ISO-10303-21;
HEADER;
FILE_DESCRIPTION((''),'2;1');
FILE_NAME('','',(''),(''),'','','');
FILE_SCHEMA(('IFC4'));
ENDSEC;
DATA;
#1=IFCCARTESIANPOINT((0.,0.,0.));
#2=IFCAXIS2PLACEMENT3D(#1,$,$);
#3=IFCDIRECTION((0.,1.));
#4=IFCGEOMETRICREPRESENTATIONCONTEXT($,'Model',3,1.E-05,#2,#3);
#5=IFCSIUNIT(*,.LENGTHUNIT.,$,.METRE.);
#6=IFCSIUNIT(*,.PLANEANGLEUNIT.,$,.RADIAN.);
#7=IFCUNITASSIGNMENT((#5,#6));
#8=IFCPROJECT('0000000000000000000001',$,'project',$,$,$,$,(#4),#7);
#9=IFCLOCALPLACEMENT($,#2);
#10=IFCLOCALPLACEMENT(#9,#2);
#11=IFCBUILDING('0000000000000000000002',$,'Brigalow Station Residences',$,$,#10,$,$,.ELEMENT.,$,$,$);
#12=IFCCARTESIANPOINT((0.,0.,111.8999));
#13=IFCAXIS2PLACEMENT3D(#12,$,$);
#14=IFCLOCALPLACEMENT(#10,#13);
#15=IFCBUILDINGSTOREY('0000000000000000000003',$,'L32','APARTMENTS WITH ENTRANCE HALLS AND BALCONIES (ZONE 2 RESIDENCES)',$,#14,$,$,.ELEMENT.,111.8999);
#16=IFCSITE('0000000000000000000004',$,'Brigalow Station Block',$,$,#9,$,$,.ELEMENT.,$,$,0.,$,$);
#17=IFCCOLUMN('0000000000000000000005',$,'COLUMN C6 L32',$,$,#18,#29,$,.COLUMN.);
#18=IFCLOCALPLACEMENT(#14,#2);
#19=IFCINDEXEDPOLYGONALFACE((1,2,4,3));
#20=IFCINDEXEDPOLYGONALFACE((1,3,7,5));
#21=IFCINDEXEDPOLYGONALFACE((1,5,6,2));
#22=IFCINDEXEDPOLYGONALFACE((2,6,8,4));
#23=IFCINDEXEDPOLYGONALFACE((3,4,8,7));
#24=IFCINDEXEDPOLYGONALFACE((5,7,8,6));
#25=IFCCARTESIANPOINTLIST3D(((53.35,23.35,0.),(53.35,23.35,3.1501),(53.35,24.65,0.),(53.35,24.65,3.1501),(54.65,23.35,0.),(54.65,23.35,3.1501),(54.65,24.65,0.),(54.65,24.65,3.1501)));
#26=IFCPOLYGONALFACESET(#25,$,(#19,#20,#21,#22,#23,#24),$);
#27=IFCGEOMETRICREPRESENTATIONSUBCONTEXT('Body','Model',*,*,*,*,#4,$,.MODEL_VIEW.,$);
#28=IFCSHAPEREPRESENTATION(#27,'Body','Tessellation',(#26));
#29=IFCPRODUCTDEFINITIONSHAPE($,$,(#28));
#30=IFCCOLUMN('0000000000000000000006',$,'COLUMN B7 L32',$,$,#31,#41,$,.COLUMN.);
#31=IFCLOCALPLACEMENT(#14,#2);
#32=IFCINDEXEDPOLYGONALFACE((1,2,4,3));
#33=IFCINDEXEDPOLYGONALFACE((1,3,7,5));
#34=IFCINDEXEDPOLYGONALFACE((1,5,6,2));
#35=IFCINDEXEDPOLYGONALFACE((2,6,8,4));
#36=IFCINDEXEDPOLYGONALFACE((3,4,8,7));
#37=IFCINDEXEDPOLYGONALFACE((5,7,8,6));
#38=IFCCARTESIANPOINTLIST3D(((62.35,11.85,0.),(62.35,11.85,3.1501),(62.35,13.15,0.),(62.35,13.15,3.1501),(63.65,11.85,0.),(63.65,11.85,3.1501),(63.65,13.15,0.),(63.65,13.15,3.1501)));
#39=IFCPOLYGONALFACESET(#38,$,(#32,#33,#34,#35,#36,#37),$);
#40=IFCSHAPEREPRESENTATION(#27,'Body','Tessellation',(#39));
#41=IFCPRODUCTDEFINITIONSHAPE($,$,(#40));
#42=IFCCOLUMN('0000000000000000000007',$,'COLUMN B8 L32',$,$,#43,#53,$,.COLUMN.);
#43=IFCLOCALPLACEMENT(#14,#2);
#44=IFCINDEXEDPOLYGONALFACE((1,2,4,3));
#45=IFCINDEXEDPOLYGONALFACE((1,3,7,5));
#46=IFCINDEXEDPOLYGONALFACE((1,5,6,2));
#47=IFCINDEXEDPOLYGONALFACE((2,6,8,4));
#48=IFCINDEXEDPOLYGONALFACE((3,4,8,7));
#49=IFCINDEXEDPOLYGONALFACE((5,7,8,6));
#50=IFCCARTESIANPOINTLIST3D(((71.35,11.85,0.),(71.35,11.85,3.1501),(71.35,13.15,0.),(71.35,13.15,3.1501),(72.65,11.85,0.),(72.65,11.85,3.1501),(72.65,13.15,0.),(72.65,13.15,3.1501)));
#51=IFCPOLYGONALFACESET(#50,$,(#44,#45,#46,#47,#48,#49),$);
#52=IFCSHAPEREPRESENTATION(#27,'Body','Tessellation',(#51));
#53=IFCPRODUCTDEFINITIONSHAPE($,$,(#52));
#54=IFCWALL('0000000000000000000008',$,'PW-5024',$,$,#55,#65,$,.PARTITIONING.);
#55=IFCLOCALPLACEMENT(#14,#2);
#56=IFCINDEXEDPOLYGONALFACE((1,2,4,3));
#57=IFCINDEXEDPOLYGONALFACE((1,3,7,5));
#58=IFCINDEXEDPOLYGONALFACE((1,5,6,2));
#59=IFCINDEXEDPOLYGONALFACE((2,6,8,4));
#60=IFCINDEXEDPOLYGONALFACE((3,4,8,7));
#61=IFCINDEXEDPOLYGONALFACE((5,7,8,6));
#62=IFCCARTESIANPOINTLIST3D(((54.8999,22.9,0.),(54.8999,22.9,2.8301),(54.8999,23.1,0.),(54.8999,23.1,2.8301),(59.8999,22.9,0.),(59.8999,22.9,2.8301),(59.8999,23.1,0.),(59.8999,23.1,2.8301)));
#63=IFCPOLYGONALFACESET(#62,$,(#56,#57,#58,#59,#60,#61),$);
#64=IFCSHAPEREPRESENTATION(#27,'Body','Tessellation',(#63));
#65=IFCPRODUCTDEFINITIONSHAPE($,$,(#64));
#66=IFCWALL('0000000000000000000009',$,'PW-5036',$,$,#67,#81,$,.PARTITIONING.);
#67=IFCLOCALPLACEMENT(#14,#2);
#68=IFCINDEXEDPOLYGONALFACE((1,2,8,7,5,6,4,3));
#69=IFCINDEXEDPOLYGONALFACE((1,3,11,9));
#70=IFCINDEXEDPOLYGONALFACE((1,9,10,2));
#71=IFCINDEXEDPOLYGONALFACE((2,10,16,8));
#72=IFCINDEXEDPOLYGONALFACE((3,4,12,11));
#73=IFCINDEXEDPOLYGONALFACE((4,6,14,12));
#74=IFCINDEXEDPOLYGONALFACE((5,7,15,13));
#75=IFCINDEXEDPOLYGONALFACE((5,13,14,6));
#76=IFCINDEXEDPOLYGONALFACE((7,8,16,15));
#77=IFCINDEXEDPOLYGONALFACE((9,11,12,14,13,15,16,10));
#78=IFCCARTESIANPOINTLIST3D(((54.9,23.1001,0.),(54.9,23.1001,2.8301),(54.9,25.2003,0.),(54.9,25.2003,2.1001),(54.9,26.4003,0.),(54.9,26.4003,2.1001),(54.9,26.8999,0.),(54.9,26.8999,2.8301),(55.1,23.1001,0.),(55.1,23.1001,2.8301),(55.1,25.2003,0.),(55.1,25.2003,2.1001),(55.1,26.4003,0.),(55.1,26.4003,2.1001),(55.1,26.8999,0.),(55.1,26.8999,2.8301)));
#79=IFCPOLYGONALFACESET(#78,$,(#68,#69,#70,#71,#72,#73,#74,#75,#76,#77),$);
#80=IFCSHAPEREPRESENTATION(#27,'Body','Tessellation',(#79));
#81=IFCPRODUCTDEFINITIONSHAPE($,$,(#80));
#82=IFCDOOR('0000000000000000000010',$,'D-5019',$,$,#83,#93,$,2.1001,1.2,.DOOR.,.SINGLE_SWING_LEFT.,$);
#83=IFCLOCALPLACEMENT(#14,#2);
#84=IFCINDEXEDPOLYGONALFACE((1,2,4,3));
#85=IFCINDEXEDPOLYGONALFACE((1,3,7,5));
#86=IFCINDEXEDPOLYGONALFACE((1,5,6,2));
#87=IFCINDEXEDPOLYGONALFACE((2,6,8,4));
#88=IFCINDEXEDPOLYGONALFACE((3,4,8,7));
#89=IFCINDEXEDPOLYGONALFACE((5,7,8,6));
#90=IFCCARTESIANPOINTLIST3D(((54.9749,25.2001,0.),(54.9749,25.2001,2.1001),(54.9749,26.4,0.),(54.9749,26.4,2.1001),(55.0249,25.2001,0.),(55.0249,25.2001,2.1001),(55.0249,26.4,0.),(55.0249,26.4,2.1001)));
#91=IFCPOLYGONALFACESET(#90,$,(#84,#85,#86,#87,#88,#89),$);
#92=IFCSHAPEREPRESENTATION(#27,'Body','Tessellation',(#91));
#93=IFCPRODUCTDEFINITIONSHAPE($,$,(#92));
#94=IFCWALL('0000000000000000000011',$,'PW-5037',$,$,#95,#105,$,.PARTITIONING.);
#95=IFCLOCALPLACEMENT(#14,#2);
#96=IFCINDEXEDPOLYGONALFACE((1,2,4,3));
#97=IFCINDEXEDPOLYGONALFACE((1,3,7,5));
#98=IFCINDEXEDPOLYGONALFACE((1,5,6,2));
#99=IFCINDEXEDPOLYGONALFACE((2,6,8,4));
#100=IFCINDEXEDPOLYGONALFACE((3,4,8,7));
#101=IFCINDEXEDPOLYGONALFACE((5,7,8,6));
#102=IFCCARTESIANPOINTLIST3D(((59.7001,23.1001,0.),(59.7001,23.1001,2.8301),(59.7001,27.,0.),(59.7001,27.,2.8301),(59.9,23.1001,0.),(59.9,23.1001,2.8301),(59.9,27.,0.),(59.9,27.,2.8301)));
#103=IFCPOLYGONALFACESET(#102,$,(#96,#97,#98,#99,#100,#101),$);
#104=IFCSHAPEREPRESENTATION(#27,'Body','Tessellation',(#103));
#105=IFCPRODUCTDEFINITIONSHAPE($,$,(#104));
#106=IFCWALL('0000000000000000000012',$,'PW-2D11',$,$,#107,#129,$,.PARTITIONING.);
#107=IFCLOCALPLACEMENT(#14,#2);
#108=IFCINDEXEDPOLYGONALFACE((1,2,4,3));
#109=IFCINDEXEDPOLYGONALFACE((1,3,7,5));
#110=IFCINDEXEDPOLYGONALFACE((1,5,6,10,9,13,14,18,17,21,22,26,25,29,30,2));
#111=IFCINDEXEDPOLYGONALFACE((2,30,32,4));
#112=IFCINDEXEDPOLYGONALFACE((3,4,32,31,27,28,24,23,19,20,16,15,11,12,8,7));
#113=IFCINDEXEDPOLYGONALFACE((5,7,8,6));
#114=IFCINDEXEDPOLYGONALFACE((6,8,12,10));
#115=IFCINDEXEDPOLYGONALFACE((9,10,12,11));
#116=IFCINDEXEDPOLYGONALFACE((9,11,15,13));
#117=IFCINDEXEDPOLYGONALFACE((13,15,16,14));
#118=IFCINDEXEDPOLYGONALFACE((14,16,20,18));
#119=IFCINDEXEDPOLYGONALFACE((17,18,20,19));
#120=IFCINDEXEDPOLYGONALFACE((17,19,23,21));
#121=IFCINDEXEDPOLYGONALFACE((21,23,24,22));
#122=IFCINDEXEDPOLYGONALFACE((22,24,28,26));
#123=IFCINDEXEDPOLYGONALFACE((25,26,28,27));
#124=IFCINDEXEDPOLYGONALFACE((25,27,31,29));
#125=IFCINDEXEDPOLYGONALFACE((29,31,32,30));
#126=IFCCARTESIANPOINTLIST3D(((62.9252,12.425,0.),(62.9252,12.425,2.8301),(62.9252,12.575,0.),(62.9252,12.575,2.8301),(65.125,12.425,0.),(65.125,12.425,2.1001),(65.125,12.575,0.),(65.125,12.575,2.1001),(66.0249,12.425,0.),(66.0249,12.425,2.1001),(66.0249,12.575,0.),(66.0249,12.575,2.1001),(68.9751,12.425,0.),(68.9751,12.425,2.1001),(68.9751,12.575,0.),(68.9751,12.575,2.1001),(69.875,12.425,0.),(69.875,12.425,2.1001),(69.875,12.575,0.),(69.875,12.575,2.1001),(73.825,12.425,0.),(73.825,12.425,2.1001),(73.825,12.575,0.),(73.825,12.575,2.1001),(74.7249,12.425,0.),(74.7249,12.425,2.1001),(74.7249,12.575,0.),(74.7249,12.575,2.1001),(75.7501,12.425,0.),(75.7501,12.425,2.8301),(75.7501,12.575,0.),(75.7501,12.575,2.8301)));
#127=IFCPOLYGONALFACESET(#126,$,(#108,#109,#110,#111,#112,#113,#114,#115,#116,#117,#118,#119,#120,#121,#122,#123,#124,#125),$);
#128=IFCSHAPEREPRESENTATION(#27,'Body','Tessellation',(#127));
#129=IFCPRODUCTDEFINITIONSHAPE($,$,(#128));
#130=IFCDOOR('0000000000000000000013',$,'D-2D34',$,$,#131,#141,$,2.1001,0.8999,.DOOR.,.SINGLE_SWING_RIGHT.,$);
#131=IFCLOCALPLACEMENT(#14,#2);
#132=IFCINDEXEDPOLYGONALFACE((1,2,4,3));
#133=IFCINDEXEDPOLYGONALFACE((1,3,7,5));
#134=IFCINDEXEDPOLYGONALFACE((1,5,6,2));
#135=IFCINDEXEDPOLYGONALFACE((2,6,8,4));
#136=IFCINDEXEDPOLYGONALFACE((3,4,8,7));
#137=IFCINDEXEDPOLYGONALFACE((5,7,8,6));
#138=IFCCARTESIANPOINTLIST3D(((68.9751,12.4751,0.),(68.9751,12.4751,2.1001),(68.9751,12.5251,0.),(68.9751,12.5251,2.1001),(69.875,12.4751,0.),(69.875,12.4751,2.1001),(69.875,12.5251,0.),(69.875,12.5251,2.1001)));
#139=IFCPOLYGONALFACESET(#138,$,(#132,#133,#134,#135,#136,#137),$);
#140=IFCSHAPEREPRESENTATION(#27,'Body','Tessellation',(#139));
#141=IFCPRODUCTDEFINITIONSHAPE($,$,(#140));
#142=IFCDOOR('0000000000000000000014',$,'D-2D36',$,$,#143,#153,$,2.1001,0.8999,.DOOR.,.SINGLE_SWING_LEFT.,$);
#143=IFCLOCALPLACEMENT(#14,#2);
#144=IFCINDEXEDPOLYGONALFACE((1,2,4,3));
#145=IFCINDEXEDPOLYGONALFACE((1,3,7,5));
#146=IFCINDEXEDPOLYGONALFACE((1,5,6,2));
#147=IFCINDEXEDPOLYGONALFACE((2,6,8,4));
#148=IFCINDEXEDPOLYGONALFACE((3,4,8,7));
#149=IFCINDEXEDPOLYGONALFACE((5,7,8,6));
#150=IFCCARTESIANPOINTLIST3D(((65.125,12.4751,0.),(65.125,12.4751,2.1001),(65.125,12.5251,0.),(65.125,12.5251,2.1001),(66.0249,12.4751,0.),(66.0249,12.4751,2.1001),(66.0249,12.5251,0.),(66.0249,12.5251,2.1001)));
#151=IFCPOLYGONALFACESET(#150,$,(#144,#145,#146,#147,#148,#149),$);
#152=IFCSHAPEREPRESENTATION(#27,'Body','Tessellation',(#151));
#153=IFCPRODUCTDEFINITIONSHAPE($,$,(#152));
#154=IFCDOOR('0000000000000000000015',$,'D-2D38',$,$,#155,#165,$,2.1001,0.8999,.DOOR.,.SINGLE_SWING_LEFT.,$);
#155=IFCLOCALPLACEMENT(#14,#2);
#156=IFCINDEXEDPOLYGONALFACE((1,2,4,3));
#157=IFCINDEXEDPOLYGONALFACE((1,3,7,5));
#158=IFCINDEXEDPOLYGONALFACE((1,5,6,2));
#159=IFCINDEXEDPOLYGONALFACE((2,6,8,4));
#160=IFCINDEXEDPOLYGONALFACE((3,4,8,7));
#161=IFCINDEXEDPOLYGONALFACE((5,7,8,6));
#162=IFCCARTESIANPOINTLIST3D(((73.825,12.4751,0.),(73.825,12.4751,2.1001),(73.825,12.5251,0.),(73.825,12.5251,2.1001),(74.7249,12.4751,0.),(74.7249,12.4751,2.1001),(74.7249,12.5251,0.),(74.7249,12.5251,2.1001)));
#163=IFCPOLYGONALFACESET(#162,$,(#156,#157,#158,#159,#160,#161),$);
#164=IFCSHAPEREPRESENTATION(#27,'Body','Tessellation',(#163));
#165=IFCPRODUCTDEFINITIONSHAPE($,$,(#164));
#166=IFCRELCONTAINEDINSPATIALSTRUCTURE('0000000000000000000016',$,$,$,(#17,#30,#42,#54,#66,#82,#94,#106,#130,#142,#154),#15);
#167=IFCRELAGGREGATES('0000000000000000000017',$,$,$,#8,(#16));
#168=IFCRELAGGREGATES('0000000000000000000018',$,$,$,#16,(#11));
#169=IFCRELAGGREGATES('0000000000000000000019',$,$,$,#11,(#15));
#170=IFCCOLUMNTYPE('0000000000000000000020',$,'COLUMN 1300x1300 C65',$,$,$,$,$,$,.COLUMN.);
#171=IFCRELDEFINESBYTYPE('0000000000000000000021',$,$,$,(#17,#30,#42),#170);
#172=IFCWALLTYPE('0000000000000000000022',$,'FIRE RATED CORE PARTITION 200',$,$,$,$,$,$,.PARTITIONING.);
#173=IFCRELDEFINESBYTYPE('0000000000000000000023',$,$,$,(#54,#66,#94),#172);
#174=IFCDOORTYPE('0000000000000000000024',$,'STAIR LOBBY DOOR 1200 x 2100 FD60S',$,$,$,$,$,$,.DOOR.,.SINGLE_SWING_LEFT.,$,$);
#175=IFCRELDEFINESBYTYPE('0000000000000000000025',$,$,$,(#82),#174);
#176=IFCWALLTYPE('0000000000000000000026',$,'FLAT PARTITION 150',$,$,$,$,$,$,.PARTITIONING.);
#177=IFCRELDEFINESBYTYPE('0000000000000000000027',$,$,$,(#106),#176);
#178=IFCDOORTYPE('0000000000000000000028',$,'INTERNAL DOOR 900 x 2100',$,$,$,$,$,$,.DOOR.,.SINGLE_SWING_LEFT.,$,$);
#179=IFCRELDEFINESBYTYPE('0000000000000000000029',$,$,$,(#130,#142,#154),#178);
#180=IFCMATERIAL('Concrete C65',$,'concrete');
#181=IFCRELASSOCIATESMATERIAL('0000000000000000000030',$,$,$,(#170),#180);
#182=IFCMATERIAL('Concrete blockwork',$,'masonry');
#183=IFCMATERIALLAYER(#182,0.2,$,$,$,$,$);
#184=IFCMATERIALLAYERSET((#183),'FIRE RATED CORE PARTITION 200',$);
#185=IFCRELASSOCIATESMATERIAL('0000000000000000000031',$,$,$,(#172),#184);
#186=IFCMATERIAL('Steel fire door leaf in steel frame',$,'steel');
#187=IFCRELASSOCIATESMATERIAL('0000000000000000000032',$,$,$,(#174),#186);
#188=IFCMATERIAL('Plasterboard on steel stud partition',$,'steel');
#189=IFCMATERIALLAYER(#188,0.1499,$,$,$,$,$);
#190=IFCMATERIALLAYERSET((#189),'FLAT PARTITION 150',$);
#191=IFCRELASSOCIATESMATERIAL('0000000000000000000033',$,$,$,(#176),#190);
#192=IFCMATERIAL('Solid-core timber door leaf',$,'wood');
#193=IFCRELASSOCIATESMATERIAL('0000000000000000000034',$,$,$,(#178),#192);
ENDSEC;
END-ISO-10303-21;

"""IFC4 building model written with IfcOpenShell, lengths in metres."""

from ifc_helpers import new_model, si_unit, direction, frame, frame_2d, origin, origin_2d, place, context, subcontext, project, spatial, rectangle, extrude, material, layer, layer_set, material_profile, profile_set, type_object, element, fill, save


model = new_model("IFC4")

# Units and contexts
model_context = context("Model", 3, precision=1e-05, world=origin(), true_north=direction((0.0, 1.0)))
body_context = subcontext(model_context, "Body", "Model", "MODEL_VIEW")
ifc_project = project(units=[si_unit("LENGTHUNIT", "METRE"), si_unit("PLANEANGLEUNIT", "RADIAN")], contexts=[model_context])

# Site, building, storey
site_placement = place(None, origin())
site = spatial("IfcSite", under=ifc_project, at=site_placement, Name="Brigalow Station Block", CompositionType="ELEMENT", RefElevation=0.0)
building_placement = place(site_placement, origin())
building = spatial("IfcBuilding", under=site, at=building_placement, Name="Brigalow Station Residences", CompositionType="ELEMENT")
storey_placement = place(building_placement, frame((0.0, 0.0, 111.8999)))
storey = spatial("IfcBuildingStorey", under=building, at=storey_placement, Name="L32", Description="APARTMENTS WITH ENTRANCE HALLS AND BALCONIES (ZONE 2 RESIDENCES)", CompositionType="ELEMENT", Elevation=111.8999)

# Columns
ifc_material_1 = material(Name="Concrete C65", Category="concrete")
ifc_material_profile = material_profile(ifc_material_1, rectangle(XDim=1.3, YDim=1.3, at=origin_2d()), Name="RC1300x1300")
ifc_profile_set = profile_set([ifc_material_profile], Name="Concrete C65")
column_type = type_object("IfcColumnType", Name="COLUMN 1300x1300 C65", PredefinedType="COLUMN", material=ifc_profile_set)
for number, where, z_axis, x_axis, name in (
    (1, (54.0, 24.0, 0.0), (0.0, 0.0, 1.0), (1.0, 0.0, 0.0), "COLUMN C6 L32"),
    (2, (63.0, 12.5, 0.0), (0.0, 0.0, 1.0), (1.0, 0.0, 0.0), "COLUMN B7 L32"),
    (3, (72.0, 12.5, 0.0), (0.0, 0.0, 1.0), (1.0, 0.0, 0.0), "COLUMN B8 L32"),
):
    element("IfcColumn", number, at=place(storey_placement, frame(where, z_axis=z_axis, x_axis=x_axis)), inside=storey, type_object=column_type, Name=name, PredefinedType="COLUMN", context=body_context, shape_type="SweptSolid", body=[
        extrude(rectangle(XDim=1.3, YDim=1.3, at=origin_2d()), origin(), (0.0, 0.0, 1.0), 3.1501),
    ])

# Wall
ifc_material_2 = material(Name="Concrete blockwork", Category="masonry")
ifc_layer_1 = layer(ifc_material_2, 0.2)
ifc_layer_set_1 = layer_set([ifc_layer_1], Name="FIRE RATED CORE PARTITION 200")
wall_type_1 = type_object("IfcWallType", Name="FIRE RATED CORE PARTITION 200", PredefinedType="PARTITIONING", material=ifc_layer_set_1)
wall_1_placement = place(storey_placement, frame((54.8999, 23.0, 0.0), z_axis=(0.0, 0.0, 1.0), x_axis=(1.0, 0.0, 0.0)))
element("IfcWall", 4, at=wall_1_placement, inside=storey, type_object=wall_type_1, Name="PW-5024", PredefinedType="PARTITIONING", context=body_context, shape_type="SweptSolid", body=[
    extrude(rectangle(XDim=5.0, YDim=0.2, at=frame_2d((2.5, 0.0))), origin(), (0.0, 0.0, 1.0), 2.8301),
])

# Wall, opening, door
wall_2_placement = place(storey_placement, frame((55.0, 23.1001, 0.0), z_axis=(0.0, 0.0, 1.0), x_axis=(0.0, 1.0, 0.0)))
wall_2 = element("IfcWall", 5, at=wall_2_placement, inside=storey, type_object=wall_type_1, Name="PW-5036", PredefinedType="PARTITIONING", context=body_context, shape_type="SweptSolid", body=[
    extrude(rectangle(XDim=3.7998, YDim=0.2, at=frame_2d((1.8999, 0.0))), origin(), (0.0, 0.0, 1.0), 2.8301),
])
opening_1_placement = place(wall_2_placement, frame((2.1001, 0.0, 0.0)))
opening_1 = element("IfcOpeningElement", 6, at=opening_1_placement, cuts=wall_2, PredefinedType="OPENING", context=body_context, shape_type="SweptSolid", body=[
    extrude(rectangle(XDim=1.2, YDim=2.1001, at=frame_2d((0.6001, 1.05))), frame((0.0, 0.1099, 0.0), z_axis=(0.0, -1.0, 0.0), x_axis=(1.0, 0.0, 0.0)), (0.0, 0.0, 1.0), 0.22),
])
ifc_material_3 = material(Name="Steel fire door leaf in steel frame", Category="steel")
door_type_1 = type_object("IfcDoorType", Name="STAIR LOBBY DOOR 1200 x 2100 FD60S", OperationType="SINGLE_SWING_LEFT", PredefinedType="DOOR", material=ifc_material_3)
door_1_placement = place(opening_1_placement, frame((1.2, 0.0, 0.0), z_axis=(0.0, 0.0, 1.0), x_axis=(-1.0, 0.0, 0.0)))
door_1 = element("IfcDoor", 7, at=door_1_placement, inside=storey, type_object=door_type_1, Name="D-5019", OperationType="SINGLE_SWING_LEFT", OverallHeight=2.1001, OverallWidth=1.2, PredefinedType="DOOR", context=body_context, shape_type="SweptSolid", body=[
    extrude(rectangle(XDim=1.2, YDim=2.1001, at=frame_2d((0.6001, 1.05))), frame((0.0, 0.0249, 0.0), z_axis=(0.0, -1.0, 0.0), x_axis=(1.0, 0.0, 0.0)), (0.0, 0.0, 1.0), 0.05),
])
fill(opening_1, door_1)

# Wall
wall_3_placement = place(storey_placement, frame((59.8, 23.1001, 0.0), z_axis=(0.0, 0.0, 1.0), x_axis=(0.0, 1.0, 0.0)))
element("IfcWall", 8, at=wall_3_placement, inside=storey, type_object=wall_type_1, Name="PW-5037", PredefinedType="PARTITIONING", context=body_context, shape_type="SweptSolid", body=[
    extrude(rectangle(XDim=3.8999, YDim=0.2, at=frame_2d((1.95, 0.0))), origin(), (0.0, 0.0, 1.0), 2.8301),
])

# Wall, openings, doors
ifc_material_4 = material(Name="Plasterboard on steel stud partition", Category="steel")
ifc_layer_2 = layer(ifc_material_4, 0.1499)
ifc_layer_set_2 = layer_set([ifc_layer_2], Name="FLAT PARTITION 150")
wall_type_2 = type_object("IfcWallType", Name="FLAT PARTITION 150", PredefinedType="PARTITIONING", material=ifc_layer_set_2)
wall_4_placement = place(storey_placement, frame((62.925, 12.5, 0.0), z_axis=(0.0, 0.0, 1.0), x_axis=(1.0, 0.0, 0.0)))
wall_4 = element("IfcWall", 9, at=wall_4_placement, inside=storey, type_object=wall_type_2, Name="PW-2D11", PredefinedType="PARTITIONING", context=body_context, shape_type="SweptSolid", body=[
    extrude(rectangle(XDim=12.825, YDim=0.1499, at=frame_2d((6.4126, 0.0))), origin(), (0.0, 0.0, 1.0), 2.8301),
])
opening_2_placement = place(wall_4_placement, frame((6.05, 0.0, 0.0)))
opening_2 = element("IfcOpeningElement", 10, at=opening_2_placement, cuts=wall_4, PredefinedType="OPENING", context=body_context, shape_type="SweptSolid", body=[
    extrude(rectangle(XDim=0.8999, YDim=2.1001, at=frame_2d((0.45, 1.05))), frame((0.0, 0.085, 0.0), z_axis=(0.0, -1.0, 0.0), x_axis=(1.0, 0.0, 0.0)), (0.0, 0.0, 1.0), 0.1699),
])
opening_3_placement = place(wall_4_placement, frame((2.2, 0.0, 0.0)))
opening_3 = element("IfcOpeningElement", 11, at=opening_3_placement, cuts=wall_4, PredefinedType="OPENING", context=body_context, shape_type="SweptSolid", body=[
    extrude(rectangle(XDim=0.8999, YDim=2.1001, at=frame_2d((0.45, 1.05))), frame((0.0, 0.085, 0.0), z_axis=(0.0, -1.0, 0.0), x_axis=(1.0, 0.0, 0.0)), (0.0, 0.0, 1.0), 0.1699),
])
opening_4_placement = place(wall_4_placement, frame((10.8999, 0.0, 0.0)))
opening_4 = element("IfcOpeningElement", 12, at=opening_4_placement, cuts=wall_4, PredefinedType="OPENING", context=body_context, shape_type="SweptSolid", body=[
    extrude(rectangle(XDim=0.8999, YDim=2.1001, at=frame_2d((0.45, 1.05))), frame((0.0, 0.085, 0.0), z_axis=(0.0, -1.0, 0.0), x_axis=(1.0, 0.0, 0.0)), (0.0, 0.0, 1.0), 0.1699),
])
ifc_material_5 = material(Name="Solid-core timber door leaf", Category="wood")
door_type_2 = type_object("IfcDoorType", Name="INTERNAL DOOR 900 x 2100", OperationType="SINGLE_SWING_LEFT", PredefinedType="DOOR", material=ifc_material_5)
door_2_placement = place(opening_2_placement, frame((0.8999, 0.0, 0.0), z_axis=(0.0, 0.0, 1.0), x_axis=(-1.0, 0.0, 0.0)))
door_2 = element("IfcDoor", 13, at=door_2_placement, inside=storey, type_object=door_type_2, Name="D-2D34", OperationType="SINGLE_SWING_RIGHT", OverallHeight=2.1001, OverallWidth=0.8999, PredefinedType="DOOR", context=body_context, shape_type="SweptSolid", body=[
    extrude(rectangle(XDim=0.8999, YDim=2.1001, at=frame_2d((0.45, 1.05))), frame((0.0, 0.0249, 0.0), z_axis=(0.0, -1.0, 0.0), x_axis=(1.0, 0.0, 0.0)), (0.0, 0.0, 1.0), 0.05),
])
fill(opening_2, door_2)
door_3_placement = place(opening_3_placement, frame((0.8999, 0.0, 0.0), z_axis=(0.0, 0.0, 1.0), x_axis=(-1.0, 0.0, 0.0)))
door_3 = element("IfcDoor", 14, at=door_3_placement, inside=storey, type_object=door_type_2, Name="D-2D36", OperationType="SINGLE_SWING_LEFT", OverallHeight=2.1001, OverallWidth=0.8999, PredefinedType="DOOR", context=body_context, shape_type="SweptSolid", body=[
    extrude(rectangle(XDim=0.8999, YDim=2.1001, at=frame_2d((0.45, 1.05))), frame((0.0, 0.0249, 0.0), z_axis=(0.0, -1.0, 0.0), x_axis=(1.0, 0.0, 0.0)), (0.0, 0.0, 1.0), 0.05),
])
fill(opening_3, door_3)
door_4_placement = place(opening_4_placement, frame((0.8999, 0.0, 0.0), z_axis=(0.0, 0.0, 1.0), x_axis=(-1.0, 0.0, 0.0)))
door_4 = element("IfcDoor", 15, at=door_4_placement, inside=storey, type_object=door_type_2, Name="D-2D38", OperationType="SINGLE_SWING_LEFT", OverallHeight=2.1001, OverallWidth=0.8999, PredefinedType="DOOR", context=body_context, shape_type="SweptSolid", body=[
    extrude(rectangle(XDim=0.8999, YDim=2.1001, at=frame_2d((0.45, 1.05))), frame((0.0, 0.0249, 0.0), z_axis=(0.0, -1.0, 0.0), x_axis=(1.0, 0.0, 0.0)), (0.0, 0.0, 1.0), 0.05),
])
fill(opening_4, door_4)

save(model, "model.ifc")
